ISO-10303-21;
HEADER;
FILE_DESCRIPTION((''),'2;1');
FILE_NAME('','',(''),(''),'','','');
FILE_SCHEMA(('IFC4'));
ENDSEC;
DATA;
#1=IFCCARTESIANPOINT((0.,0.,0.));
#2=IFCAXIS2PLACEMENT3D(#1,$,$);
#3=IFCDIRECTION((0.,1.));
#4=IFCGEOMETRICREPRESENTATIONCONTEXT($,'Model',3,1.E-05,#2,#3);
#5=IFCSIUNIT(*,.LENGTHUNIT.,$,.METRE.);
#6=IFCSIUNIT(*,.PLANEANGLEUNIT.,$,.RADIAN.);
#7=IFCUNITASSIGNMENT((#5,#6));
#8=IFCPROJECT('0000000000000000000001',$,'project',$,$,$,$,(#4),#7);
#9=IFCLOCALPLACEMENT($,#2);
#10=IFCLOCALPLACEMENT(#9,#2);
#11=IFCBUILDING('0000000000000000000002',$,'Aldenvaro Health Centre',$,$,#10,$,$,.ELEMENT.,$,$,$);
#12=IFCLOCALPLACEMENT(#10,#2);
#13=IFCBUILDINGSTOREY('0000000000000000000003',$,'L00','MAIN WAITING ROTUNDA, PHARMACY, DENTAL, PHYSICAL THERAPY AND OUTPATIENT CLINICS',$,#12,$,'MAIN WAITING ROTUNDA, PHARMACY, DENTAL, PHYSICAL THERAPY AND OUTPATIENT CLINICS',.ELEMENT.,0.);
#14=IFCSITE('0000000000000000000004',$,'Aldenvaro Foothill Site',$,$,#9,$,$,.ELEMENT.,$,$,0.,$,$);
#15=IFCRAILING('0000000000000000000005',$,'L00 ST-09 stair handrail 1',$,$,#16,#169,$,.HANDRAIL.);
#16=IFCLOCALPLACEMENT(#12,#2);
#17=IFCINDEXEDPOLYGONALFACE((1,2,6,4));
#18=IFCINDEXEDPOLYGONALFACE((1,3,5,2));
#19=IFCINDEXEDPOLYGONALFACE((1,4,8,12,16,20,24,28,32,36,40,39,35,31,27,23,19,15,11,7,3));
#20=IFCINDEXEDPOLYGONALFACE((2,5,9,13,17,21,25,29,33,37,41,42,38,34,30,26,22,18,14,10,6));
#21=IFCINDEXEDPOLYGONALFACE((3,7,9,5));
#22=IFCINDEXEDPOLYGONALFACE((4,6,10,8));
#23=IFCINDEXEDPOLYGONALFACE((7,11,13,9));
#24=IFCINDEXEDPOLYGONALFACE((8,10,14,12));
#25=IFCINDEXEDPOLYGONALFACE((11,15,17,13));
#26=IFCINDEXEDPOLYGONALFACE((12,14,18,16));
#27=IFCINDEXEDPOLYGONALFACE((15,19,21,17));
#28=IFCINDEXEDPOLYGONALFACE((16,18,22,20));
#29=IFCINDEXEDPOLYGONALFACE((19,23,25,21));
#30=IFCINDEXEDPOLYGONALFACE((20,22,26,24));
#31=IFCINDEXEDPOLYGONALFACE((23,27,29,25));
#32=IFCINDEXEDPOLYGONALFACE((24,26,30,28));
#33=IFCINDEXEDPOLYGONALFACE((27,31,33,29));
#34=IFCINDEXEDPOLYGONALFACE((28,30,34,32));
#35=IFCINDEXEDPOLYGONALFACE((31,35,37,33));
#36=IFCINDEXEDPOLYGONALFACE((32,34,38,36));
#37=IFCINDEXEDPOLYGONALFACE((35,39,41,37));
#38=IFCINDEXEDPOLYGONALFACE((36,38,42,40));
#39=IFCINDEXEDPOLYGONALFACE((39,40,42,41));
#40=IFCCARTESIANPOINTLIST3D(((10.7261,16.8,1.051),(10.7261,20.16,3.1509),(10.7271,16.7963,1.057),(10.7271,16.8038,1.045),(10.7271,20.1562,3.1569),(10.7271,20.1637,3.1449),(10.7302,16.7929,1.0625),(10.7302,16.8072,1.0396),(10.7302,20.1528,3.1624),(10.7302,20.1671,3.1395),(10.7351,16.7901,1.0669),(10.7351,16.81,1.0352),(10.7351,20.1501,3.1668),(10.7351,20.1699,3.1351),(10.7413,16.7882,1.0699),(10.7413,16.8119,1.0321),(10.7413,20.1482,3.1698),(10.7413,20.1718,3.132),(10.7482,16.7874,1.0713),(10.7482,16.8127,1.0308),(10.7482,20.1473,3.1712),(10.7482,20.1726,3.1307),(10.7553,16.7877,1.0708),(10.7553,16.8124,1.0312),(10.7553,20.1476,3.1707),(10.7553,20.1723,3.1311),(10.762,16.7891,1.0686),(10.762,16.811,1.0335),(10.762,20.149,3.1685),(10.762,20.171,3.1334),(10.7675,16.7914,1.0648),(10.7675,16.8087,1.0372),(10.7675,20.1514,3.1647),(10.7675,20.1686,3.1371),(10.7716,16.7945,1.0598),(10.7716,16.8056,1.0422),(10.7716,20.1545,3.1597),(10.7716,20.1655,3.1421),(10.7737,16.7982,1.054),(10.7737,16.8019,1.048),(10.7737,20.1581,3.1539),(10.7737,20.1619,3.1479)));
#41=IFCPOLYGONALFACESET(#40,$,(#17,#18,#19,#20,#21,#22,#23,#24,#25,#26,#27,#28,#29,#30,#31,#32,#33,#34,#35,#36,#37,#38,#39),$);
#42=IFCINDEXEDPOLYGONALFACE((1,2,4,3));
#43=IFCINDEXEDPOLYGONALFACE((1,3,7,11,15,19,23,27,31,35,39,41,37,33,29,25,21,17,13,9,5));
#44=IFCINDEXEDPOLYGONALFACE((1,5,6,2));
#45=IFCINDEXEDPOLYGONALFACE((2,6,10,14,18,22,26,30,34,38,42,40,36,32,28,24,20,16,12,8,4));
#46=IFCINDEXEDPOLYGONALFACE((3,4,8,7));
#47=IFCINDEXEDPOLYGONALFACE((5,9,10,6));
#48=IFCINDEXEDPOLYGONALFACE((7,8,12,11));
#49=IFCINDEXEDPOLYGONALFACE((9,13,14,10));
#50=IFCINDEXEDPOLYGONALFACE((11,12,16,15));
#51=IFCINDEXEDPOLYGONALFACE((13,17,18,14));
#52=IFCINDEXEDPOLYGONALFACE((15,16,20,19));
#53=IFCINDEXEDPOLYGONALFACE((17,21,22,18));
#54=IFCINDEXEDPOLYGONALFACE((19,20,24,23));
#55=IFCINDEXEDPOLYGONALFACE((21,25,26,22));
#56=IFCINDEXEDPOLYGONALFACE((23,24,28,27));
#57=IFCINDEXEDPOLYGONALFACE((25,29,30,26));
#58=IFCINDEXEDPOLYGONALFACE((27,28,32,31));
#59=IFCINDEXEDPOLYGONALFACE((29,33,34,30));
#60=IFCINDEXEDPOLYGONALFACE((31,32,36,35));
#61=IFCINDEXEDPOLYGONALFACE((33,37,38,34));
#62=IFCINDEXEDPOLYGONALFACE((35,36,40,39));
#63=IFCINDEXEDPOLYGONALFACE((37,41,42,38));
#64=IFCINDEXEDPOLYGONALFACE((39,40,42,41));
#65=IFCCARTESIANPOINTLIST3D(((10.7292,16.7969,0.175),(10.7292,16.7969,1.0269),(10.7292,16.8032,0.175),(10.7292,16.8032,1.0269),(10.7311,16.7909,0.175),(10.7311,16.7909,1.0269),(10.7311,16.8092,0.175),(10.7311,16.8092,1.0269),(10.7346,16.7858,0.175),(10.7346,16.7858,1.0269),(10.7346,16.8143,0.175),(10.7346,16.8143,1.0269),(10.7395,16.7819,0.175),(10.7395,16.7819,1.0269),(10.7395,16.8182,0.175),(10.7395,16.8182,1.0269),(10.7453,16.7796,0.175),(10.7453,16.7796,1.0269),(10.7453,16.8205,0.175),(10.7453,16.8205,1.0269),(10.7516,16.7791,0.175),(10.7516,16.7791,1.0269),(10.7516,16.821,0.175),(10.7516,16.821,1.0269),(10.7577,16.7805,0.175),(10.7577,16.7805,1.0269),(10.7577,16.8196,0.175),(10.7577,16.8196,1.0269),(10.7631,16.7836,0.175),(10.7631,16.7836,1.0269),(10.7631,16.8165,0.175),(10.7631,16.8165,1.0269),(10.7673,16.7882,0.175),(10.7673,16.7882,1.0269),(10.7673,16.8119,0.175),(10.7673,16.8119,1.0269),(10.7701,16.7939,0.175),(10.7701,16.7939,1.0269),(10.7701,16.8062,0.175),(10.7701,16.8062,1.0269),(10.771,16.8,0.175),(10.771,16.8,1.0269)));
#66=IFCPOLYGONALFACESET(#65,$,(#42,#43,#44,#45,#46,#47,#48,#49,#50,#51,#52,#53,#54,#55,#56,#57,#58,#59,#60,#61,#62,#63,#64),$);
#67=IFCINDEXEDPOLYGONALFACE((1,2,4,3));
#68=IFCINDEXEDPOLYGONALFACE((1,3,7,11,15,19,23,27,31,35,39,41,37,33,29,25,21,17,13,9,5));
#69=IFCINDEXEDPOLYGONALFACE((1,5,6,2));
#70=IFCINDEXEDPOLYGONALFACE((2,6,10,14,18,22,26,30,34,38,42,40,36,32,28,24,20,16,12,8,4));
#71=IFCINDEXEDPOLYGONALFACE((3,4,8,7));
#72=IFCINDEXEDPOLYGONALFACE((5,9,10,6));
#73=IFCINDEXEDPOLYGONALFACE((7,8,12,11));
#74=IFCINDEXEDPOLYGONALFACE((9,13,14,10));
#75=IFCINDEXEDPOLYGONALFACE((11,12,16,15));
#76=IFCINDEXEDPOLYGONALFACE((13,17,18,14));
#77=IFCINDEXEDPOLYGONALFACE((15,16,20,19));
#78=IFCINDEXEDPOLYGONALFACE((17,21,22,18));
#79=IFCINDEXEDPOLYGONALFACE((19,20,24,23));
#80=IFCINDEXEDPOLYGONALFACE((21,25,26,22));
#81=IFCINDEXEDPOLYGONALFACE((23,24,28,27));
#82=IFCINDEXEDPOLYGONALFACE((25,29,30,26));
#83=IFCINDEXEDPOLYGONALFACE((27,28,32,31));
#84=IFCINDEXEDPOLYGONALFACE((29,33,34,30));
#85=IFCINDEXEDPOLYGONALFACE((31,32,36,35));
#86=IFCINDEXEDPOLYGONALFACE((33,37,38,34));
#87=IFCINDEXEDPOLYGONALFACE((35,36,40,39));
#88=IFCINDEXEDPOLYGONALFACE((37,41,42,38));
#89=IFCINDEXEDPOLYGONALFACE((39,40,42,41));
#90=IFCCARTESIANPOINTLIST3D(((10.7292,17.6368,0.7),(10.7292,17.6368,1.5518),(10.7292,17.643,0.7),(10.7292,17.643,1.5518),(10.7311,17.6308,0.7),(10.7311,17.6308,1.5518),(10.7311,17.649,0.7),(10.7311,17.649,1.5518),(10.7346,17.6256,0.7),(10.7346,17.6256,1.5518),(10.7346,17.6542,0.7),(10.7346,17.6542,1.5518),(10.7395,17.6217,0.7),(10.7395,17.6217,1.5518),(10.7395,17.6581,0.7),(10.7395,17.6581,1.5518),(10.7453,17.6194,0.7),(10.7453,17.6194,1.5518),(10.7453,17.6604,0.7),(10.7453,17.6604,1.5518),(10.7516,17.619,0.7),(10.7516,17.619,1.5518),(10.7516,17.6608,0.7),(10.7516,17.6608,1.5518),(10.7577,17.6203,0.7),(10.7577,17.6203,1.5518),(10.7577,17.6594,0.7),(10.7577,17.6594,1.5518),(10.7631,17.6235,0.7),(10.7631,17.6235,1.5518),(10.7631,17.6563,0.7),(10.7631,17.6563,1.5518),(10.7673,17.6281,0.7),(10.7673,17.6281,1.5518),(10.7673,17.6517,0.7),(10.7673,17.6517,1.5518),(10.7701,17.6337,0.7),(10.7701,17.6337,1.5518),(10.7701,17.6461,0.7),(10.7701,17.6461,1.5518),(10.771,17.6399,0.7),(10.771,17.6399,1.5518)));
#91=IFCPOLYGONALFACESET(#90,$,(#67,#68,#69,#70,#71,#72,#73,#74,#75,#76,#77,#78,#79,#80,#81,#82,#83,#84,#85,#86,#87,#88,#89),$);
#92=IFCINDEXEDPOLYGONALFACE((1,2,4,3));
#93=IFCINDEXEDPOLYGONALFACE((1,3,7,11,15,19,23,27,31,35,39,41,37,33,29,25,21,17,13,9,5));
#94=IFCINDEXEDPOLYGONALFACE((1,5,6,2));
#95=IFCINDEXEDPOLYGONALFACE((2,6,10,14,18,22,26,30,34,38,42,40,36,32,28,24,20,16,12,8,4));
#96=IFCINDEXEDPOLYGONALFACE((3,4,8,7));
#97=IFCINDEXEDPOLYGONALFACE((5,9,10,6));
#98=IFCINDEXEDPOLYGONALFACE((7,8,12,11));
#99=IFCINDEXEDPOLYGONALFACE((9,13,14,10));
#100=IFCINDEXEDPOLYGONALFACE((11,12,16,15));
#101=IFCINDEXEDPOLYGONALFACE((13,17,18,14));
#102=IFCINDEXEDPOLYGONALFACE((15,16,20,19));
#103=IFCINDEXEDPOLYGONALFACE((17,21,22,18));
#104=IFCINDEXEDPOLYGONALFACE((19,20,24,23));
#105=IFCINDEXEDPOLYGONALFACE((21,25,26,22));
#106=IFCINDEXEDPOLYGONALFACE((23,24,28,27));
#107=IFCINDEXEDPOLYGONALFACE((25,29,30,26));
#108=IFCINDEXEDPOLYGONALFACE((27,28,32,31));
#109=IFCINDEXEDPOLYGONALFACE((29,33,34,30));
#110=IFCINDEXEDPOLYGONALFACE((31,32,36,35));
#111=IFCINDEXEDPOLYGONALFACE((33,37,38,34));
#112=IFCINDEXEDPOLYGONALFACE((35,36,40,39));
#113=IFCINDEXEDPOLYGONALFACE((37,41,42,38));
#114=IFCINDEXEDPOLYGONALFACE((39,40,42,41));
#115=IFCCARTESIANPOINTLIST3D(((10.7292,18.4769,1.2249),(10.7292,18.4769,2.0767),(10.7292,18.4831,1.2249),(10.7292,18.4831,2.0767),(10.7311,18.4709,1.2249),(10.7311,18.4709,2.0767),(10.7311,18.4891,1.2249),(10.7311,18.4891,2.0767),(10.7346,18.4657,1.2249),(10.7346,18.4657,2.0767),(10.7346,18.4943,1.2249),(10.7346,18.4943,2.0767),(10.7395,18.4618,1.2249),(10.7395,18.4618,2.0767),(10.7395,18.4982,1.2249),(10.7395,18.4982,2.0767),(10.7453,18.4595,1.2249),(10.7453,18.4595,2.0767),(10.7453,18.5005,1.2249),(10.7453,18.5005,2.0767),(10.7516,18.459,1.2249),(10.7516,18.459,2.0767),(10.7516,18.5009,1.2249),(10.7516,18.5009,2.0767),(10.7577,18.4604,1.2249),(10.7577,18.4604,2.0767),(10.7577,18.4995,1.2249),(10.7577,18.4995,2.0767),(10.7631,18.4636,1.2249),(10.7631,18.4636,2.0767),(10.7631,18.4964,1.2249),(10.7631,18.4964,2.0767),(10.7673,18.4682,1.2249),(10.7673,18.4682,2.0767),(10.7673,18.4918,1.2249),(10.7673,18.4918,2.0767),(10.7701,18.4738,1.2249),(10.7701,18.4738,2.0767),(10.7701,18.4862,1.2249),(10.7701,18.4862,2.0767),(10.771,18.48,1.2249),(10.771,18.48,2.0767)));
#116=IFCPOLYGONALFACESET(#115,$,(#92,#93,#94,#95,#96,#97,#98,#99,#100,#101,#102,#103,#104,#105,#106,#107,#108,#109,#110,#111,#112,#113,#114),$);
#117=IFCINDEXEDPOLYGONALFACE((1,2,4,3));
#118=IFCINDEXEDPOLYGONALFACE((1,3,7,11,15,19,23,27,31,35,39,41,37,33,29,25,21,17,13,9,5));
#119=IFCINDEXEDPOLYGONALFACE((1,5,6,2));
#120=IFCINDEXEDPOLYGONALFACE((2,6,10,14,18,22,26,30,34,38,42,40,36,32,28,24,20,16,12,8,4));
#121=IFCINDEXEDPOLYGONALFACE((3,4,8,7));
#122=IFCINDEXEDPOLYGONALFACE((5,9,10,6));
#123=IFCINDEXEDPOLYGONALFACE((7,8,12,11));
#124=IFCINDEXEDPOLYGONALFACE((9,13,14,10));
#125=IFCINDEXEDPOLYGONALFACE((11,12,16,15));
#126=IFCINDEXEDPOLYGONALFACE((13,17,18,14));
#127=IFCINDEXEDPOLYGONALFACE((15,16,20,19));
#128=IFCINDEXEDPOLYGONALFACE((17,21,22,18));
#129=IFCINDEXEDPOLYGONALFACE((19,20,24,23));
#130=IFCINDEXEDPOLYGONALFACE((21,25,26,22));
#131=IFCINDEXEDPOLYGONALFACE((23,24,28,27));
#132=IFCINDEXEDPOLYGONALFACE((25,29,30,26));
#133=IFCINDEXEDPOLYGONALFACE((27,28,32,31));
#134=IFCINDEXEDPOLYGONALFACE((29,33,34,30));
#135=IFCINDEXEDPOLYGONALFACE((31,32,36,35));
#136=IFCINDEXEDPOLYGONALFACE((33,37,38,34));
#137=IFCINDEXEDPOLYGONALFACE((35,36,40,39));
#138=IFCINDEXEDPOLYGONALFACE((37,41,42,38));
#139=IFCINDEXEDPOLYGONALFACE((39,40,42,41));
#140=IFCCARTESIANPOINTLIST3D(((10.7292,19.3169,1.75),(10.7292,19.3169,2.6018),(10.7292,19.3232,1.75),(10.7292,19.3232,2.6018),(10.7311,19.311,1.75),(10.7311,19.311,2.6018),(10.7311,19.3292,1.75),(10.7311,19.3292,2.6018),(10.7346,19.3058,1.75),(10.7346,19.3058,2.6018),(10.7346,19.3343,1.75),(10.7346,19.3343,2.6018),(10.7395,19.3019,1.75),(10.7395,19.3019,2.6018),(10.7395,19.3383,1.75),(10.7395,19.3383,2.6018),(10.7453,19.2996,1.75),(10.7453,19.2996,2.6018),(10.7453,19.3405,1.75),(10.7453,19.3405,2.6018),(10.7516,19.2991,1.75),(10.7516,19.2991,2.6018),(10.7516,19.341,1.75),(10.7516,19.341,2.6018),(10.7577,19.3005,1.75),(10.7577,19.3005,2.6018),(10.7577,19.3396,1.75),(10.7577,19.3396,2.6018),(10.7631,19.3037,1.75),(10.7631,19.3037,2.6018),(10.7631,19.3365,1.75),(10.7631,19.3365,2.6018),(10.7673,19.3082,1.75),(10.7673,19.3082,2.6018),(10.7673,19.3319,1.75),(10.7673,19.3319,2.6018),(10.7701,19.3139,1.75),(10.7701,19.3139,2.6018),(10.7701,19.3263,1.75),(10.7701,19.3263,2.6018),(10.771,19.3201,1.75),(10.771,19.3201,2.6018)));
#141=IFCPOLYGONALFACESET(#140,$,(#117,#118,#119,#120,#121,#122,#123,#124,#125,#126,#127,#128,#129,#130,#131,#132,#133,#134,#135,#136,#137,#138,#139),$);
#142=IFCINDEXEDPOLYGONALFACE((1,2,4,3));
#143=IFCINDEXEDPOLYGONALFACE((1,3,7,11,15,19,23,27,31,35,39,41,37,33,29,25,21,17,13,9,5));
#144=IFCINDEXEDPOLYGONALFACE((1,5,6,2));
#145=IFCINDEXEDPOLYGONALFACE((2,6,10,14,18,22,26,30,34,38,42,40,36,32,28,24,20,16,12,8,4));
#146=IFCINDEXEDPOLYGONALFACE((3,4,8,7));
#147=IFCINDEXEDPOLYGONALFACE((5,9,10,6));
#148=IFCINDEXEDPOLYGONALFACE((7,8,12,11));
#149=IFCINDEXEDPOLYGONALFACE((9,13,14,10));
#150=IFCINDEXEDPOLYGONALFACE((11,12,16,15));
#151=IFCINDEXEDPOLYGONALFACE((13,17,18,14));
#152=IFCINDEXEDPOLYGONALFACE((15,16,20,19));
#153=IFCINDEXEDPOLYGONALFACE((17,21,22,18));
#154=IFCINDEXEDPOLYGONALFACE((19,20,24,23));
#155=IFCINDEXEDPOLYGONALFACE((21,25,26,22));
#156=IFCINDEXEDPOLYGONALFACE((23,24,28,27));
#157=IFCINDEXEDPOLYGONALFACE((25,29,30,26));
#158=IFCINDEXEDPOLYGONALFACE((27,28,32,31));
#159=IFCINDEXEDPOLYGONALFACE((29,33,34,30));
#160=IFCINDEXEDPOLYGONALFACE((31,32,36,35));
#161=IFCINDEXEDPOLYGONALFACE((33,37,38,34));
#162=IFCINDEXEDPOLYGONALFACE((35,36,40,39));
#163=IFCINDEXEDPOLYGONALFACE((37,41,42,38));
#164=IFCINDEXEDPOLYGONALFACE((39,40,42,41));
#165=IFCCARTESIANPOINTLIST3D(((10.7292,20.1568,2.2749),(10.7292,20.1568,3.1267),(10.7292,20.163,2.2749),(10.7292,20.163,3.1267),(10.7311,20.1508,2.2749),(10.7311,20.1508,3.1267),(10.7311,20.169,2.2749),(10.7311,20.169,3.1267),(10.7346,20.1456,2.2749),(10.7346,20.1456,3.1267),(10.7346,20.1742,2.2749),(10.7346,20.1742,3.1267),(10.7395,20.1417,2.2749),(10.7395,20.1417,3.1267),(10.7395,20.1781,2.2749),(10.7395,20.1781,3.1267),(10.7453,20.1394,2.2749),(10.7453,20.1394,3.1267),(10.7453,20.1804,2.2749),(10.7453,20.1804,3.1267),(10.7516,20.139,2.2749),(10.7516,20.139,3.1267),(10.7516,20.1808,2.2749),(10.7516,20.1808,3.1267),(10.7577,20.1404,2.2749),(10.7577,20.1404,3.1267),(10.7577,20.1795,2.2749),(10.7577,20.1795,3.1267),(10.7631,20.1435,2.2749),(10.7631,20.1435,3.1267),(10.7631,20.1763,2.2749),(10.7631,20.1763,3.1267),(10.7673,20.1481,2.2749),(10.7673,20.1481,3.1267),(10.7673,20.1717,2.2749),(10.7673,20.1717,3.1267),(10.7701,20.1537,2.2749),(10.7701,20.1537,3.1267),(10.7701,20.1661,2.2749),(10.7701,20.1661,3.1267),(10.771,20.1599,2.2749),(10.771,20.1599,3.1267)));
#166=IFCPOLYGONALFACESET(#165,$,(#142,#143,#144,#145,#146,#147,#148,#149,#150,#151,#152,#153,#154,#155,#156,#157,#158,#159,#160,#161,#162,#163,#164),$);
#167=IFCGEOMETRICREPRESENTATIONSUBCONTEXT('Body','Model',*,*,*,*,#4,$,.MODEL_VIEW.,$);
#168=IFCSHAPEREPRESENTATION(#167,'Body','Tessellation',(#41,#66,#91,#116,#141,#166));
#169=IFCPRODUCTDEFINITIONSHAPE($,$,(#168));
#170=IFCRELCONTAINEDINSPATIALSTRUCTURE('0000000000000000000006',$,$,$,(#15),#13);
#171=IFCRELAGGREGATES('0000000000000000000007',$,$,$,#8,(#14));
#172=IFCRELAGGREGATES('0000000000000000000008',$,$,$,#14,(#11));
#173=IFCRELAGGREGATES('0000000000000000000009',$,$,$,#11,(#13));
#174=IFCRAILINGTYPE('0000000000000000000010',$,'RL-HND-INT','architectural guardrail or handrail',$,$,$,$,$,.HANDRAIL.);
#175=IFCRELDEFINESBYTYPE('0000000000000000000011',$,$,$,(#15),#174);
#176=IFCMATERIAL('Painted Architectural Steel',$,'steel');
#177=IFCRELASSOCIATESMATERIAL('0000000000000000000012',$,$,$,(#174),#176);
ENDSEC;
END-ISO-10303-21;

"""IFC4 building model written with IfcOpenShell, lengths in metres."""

from ifc_helpers import new_model, si_unit, direction, frame, origin, origin_2d, place, context, subcontext, project, spatial, circle, extrude, material, type_object, element, save


model = new_model("IFC4")

# Units and contexts
model_context = context("Model", 3, precision=1e-05, world=origin(), true_north=direction((0.0, 1.0)))
body_context = subcontext(model_context, "Body", "Model", "MODEL_VIEW")
ifc_project = project(units=[si_unit("LENGTHUNIT", "METRE"), si_unit("PLANEANGLEUNIT", "RADIAN")], contexts=[model_context])

# Site, building, storey
site_placement = place(None, origin())
site = spatial("IfcSite", under=ifc_project, at=site_placement, Name="Aldenvaro Foothill Site", CompositionType="ELEMENT", RefElevation=0.0)
building_placement = place(site_placement, origin())
building = spatial("IfcBuilding", under=site, at=building_placement, Name="Aldenvaro Health Centre", CompositionType="ELEMENT")
storey_placement = place(building_placement, origin())
storey = spatial("IfcBuildingStorey", under=building, at=storey_placement, Name="L00", Description="MAIN WAITING ROTUNDA, PHARMACY, DENTAL, PHYSICAL THERAPY AND OUTPATIENT CLINICS", LongName="MAIN WAITING ROTUNDA, PHARMACY, DENTAL, PHYSICAL THERAPY AND OUTPATIENT CLINICS", CompositionType="ELEMENT", Elevation=0.0)

# Railing
ifc_material_1 = material(Name="Painted Architectural Steel", Category="steel")
railing_type_1 = type_object("IfcRailingType", Name="RL-HND-INT", Description="architectural guardrail or handrail", PredefinedType="HANDRAIL", material=ifc_material_1)
railing_1_placement = place(storey_placement, frame((10.75, 16.8, 0.175)))
element("IfcRailing", 1, at=railing_1_placement, inside=storey, type_object=railing_type_1, Name="L00 ST-09 stair handrail 1", PredefinedType="HANDRAIL", context=body_context, shape_type="SweptSolid", body=[
    extrude(circle(Radius=0.0239, at=origin_2d()), frame((0.0, 0.0, 0.876), z_axis=(0.0, 0.848005, 0.529988), x_axis=(-1.0, 0.0, 0.0)), (0.0, 0.0, 1.0), 3.9622),
    extrude(circle(Radius=0.021, at=origin_2d()), origin(), (0.0, 0.0, 1.0), 0.8518),
    extrude(circle(Radius=0.021, at=origin_2d()), frame((0.0, 0.8398, 0.5249)), (0.0, 0.0, 1.0), 0.8518),
    extrude(circle(Radius=0.021, at=origin_2d()), frame((0.0, 1.6799, 1.0498)), (0.0, 0.0, 1.0), 0.8518),
    extrude(circle(Radius=0.021, at=origin_2d()), frame((0.0, 2.52, 1.575)), (0.0, 0.0, 1.0), 0.8518),
    extrude(circle(Radius=0.021, at=origin_2d()), frame((0.0, 3.3599, 2.0999)), (0.0, 0.0, 1.0), 0.8518),
])

save(model, "model.ifc")
